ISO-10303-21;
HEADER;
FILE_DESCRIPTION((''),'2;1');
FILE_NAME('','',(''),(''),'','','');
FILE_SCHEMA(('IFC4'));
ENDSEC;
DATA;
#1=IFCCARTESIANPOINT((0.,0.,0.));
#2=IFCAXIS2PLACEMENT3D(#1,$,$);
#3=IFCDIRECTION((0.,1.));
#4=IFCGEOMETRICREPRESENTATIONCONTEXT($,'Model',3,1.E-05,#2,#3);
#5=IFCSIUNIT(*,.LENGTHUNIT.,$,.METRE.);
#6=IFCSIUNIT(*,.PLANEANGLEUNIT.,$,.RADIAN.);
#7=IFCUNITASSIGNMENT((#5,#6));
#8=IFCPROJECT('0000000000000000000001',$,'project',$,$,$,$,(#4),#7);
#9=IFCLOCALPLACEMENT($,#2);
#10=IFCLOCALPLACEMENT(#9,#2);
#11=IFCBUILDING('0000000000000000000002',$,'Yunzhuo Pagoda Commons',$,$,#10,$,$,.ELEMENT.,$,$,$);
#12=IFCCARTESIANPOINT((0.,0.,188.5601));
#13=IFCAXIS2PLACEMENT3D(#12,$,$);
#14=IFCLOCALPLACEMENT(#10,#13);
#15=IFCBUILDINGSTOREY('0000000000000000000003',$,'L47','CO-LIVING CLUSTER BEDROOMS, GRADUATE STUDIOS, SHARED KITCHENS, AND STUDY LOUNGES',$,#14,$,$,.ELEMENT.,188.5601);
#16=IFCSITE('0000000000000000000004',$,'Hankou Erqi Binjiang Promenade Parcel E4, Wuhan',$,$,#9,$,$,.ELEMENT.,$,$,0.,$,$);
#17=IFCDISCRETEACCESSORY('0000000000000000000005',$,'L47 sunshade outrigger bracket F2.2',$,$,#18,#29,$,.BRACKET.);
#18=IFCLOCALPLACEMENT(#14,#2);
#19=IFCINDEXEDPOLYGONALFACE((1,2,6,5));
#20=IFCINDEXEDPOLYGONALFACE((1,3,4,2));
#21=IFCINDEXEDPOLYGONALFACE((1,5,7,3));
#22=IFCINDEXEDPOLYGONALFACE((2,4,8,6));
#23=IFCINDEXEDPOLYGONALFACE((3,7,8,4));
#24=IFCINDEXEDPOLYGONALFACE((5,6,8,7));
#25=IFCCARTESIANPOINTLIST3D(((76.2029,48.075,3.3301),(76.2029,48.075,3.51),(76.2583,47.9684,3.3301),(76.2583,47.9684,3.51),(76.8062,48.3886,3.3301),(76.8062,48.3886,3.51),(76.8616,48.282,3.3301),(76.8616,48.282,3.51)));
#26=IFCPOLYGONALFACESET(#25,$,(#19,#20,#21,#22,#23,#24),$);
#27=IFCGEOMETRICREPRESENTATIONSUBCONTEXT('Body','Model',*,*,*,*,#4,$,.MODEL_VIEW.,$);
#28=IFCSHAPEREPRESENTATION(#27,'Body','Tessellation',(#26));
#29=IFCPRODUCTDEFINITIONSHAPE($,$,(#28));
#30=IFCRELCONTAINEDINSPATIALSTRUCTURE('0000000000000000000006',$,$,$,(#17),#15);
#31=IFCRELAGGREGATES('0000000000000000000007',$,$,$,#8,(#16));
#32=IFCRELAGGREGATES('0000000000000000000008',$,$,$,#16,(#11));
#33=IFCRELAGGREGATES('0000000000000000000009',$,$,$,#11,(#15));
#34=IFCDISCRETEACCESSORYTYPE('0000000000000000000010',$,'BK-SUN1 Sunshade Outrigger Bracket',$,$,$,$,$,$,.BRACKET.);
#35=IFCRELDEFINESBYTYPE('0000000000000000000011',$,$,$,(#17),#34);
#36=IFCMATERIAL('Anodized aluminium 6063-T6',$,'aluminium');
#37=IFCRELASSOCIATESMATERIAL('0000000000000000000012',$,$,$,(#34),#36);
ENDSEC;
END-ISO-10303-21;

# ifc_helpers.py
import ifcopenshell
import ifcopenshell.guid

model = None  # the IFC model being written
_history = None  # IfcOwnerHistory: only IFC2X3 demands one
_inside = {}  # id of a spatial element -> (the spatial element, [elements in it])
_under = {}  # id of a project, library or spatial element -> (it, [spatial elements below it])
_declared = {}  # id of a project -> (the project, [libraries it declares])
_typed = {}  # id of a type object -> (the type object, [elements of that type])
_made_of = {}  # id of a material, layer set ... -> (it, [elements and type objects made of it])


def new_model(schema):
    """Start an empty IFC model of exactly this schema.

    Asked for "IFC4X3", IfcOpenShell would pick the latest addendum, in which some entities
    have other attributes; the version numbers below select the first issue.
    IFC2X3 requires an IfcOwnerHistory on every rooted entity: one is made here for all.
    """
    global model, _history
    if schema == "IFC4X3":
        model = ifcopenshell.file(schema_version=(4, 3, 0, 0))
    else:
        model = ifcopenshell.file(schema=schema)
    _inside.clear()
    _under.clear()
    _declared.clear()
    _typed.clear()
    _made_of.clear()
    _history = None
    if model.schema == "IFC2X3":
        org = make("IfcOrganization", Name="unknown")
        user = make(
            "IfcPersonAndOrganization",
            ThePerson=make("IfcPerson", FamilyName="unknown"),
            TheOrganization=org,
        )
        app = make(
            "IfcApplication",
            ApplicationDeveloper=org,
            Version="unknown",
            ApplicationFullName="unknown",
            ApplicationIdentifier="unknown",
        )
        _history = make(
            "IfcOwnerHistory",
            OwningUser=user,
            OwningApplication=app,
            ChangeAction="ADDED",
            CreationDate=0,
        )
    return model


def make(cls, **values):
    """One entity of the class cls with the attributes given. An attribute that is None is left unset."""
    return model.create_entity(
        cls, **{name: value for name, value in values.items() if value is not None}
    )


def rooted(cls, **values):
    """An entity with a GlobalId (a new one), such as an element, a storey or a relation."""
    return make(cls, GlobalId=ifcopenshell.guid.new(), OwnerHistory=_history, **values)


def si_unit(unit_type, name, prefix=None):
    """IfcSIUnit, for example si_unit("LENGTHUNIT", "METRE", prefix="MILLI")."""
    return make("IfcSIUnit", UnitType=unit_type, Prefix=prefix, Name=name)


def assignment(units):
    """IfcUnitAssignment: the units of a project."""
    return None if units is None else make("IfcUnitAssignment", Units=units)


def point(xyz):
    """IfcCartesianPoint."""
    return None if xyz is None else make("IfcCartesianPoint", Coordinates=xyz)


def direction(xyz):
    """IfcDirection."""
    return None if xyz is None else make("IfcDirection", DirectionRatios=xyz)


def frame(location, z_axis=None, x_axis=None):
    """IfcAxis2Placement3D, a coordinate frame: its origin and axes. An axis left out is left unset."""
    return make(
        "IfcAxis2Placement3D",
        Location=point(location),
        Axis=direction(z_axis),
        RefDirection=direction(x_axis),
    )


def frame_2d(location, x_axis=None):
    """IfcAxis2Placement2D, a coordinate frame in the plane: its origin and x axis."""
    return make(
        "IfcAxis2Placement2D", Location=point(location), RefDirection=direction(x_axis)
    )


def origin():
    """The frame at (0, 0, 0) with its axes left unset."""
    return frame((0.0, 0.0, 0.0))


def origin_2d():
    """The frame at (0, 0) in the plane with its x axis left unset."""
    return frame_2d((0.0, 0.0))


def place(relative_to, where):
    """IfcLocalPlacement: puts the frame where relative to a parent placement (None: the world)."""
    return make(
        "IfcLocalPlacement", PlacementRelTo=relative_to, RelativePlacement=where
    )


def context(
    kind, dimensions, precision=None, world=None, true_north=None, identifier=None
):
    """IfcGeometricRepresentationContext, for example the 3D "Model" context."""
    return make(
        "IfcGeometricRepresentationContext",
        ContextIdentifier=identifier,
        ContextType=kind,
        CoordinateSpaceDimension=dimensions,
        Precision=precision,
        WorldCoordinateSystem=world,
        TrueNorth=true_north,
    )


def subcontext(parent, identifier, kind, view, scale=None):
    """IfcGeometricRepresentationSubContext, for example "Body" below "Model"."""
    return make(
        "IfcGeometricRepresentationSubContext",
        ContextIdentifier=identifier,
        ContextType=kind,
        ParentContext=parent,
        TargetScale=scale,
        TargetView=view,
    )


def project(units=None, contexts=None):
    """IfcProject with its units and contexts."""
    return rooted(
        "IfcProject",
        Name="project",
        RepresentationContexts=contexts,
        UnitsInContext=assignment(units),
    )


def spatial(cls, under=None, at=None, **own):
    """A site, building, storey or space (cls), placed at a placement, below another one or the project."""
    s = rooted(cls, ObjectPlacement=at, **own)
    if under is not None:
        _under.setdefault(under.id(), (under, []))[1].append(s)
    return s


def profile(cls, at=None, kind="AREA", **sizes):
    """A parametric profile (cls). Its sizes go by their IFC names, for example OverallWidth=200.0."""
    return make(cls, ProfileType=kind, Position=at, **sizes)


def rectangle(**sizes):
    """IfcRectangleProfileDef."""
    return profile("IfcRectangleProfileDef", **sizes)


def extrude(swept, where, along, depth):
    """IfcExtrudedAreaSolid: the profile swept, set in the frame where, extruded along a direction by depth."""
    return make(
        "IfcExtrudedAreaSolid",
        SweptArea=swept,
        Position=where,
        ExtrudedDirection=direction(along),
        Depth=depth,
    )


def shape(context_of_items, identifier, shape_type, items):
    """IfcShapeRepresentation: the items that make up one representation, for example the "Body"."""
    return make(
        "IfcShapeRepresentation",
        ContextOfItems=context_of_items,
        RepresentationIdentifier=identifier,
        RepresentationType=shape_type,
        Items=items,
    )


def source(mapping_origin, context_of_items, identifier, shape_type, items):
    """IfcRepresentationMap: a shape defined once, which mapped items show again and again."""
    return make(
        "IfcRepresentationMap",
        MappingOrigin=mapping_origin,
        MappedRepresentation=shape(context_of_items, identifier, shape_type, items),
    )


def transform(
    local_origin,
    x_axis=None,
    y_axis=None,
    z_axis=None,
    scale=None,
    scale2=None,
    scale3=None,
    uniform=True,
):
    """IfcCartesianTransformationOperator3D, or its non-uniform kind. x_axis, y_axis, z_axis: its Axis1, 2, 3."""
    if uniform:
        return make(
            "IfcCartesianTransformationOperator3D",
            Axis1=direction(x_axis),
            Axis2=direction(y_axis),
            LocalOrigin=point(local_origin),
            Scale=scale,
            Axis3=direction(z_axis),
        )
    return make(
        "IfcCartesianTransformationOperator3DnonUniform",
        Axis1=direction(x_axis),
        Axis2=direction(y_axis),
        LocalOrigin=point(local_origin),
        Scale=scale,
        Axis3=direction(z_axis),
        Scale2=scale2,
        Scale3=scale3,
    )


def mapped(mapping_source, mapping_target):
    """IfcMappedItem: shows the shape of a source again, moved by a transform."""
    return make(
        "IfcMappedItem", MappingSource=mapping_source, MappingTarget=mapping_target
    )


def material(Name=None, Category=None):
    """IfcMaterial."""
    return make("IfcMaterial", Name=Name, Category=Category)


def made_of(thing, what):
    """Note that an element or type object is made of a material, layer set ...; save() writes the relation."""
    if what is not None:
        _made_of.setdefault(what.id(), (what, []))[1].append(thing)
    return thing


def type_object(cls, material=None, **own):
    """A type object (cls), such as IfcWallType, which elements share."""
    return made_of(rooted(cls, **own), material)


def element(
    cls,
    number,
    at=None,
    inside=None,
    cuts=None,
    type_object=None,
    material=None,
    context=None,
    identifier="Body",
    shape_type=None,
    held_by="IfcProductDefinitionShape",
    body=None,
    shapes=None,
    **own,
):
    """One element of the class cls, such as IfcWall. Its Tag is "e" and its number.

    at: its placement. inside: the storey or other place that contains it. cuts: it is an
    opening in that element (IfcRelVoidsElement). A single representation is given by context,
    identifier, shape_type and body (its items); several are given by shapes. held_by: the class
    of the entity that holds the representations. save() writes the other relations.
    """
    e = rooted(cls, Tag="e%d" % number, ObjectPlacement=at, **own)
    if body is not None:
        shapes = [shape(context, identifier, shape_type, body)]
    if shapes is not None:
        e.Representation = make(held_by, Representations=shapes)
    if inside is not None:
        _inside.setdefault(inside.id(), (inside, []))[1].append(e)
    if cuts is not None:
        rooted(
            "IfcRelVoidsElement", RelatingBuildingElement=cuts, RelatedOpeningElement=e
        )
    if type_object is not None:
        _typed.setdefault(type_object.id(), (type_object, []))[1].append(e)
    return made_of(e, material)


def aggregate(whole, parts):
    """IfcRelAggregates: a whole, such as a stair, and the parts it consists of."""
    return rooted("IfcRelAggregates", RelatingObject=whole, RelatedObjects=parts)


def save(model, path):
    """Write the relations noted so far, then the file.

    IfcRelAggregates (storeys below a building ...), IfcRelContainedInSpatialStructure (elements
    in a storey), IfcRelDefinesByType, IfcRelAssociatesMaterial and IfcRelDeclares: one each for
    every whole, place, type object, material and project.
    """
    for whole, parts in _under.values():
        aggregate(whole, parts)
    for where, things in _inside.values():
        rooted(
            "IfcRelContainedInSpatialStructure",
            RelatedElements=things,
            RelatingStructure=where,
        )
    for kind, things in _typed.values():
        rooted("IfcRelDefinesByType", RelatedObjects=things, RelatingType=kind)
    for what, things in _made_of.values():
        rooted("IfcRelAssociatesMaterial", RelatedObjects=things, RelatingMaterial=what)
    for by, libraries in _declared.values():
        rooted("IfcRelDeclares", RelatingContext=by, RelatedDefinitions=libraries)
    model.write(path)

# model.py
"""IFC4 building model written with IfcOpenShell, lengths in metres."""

from ifc_helpers import new_model, si_unit, direction, frame, origin, origin_2d, place, context, subcontext, project, spatial, rectangle, extrude, source, transform, mapped, material, type_object, element, save


model = new_model("IFC4")

# Units and contexts
model_context = context("Model", 3, precision=1e-05, world=origin(), true_north=direction((0.0, 1.0)))
body_context = subcontext(model_context, "Body", "Model", "MODEL_VIEW")
ifc_project = project(units=[si_unit("LENGTHUNIT", "METRE"), si_unit("PLANEANGLEUNIT", "RADIAN")], contexts=[model_context])

# Site, building, storey
site_placement = place(None, origin())
site = spatial("IfcSite", under=ifc_project, at=site_placement, Name="Hankou Erqi Binjiang Promenade Parcel E4, Wuhan", CompositionType="ELEMENT", RefElevation=0.0)
building_placement = place(site_placement, origin())
building = spatial("IfcBuilding", under=site, at=building_placement, Name="Yunzhuo Pagoda Commons", CompositionType="ELEMENT")
storey_placement = place(building_placement, frame((0.0, 0.0, 188.5601)))
storey = spatial("IfcBuildingStorey", under=building, at=storey_placement, Name="L47", Description="CO-LIVING CLUSTER BEDROOMS, GRADUATE STUDIOS, SHARED KITCHENS, AND STUDY LOUNGES", CompositionType="ELEMENT", Elevation=188.5601)

# Shared definitions
ifc_material_1 = material(Name="Anodized aluminium 6063-T6", Category="aluminium")

# Discrete accessory
discrete_accessory_type = type_object("IfcDiscreteAccessoryType", Name="BK-SUN1 Sunshade Outrigger Bracket", PredefinedType="BRACKET", material=ifc_material_1)
shared_shape_1 = source(origin(), body_context, "Body", "SweptSolid", [
    extrude(rectangle(XDim=0.1201, YDim=0.6799, at=origin_2d()), origin(), (0.0, 0.0, 1.0), 0.1799),
])
discrete_accessory_placement = place(storey_placement, frame((76.5322, 48.1785, 3.3301), z_axis=(0.0, 0.0, 1.0), x_axis=(-0.461207, 0.887293, 0.0)))
element("IfcDiscreteAccessory", 1, at=discrete_accessory_placement, inside=storey, type_object=discrete_accessory_type, Name="L47 sunshade outrigger bracket F2.2", PredefinedType="BRACKET", context=body_context, shape_type="MappedRepresentation", body=[
    mapped(shared_shape_1, transform((0.0, 0.0, 0.0), scale=1.0)),
])

save(model, "model.ifc")
